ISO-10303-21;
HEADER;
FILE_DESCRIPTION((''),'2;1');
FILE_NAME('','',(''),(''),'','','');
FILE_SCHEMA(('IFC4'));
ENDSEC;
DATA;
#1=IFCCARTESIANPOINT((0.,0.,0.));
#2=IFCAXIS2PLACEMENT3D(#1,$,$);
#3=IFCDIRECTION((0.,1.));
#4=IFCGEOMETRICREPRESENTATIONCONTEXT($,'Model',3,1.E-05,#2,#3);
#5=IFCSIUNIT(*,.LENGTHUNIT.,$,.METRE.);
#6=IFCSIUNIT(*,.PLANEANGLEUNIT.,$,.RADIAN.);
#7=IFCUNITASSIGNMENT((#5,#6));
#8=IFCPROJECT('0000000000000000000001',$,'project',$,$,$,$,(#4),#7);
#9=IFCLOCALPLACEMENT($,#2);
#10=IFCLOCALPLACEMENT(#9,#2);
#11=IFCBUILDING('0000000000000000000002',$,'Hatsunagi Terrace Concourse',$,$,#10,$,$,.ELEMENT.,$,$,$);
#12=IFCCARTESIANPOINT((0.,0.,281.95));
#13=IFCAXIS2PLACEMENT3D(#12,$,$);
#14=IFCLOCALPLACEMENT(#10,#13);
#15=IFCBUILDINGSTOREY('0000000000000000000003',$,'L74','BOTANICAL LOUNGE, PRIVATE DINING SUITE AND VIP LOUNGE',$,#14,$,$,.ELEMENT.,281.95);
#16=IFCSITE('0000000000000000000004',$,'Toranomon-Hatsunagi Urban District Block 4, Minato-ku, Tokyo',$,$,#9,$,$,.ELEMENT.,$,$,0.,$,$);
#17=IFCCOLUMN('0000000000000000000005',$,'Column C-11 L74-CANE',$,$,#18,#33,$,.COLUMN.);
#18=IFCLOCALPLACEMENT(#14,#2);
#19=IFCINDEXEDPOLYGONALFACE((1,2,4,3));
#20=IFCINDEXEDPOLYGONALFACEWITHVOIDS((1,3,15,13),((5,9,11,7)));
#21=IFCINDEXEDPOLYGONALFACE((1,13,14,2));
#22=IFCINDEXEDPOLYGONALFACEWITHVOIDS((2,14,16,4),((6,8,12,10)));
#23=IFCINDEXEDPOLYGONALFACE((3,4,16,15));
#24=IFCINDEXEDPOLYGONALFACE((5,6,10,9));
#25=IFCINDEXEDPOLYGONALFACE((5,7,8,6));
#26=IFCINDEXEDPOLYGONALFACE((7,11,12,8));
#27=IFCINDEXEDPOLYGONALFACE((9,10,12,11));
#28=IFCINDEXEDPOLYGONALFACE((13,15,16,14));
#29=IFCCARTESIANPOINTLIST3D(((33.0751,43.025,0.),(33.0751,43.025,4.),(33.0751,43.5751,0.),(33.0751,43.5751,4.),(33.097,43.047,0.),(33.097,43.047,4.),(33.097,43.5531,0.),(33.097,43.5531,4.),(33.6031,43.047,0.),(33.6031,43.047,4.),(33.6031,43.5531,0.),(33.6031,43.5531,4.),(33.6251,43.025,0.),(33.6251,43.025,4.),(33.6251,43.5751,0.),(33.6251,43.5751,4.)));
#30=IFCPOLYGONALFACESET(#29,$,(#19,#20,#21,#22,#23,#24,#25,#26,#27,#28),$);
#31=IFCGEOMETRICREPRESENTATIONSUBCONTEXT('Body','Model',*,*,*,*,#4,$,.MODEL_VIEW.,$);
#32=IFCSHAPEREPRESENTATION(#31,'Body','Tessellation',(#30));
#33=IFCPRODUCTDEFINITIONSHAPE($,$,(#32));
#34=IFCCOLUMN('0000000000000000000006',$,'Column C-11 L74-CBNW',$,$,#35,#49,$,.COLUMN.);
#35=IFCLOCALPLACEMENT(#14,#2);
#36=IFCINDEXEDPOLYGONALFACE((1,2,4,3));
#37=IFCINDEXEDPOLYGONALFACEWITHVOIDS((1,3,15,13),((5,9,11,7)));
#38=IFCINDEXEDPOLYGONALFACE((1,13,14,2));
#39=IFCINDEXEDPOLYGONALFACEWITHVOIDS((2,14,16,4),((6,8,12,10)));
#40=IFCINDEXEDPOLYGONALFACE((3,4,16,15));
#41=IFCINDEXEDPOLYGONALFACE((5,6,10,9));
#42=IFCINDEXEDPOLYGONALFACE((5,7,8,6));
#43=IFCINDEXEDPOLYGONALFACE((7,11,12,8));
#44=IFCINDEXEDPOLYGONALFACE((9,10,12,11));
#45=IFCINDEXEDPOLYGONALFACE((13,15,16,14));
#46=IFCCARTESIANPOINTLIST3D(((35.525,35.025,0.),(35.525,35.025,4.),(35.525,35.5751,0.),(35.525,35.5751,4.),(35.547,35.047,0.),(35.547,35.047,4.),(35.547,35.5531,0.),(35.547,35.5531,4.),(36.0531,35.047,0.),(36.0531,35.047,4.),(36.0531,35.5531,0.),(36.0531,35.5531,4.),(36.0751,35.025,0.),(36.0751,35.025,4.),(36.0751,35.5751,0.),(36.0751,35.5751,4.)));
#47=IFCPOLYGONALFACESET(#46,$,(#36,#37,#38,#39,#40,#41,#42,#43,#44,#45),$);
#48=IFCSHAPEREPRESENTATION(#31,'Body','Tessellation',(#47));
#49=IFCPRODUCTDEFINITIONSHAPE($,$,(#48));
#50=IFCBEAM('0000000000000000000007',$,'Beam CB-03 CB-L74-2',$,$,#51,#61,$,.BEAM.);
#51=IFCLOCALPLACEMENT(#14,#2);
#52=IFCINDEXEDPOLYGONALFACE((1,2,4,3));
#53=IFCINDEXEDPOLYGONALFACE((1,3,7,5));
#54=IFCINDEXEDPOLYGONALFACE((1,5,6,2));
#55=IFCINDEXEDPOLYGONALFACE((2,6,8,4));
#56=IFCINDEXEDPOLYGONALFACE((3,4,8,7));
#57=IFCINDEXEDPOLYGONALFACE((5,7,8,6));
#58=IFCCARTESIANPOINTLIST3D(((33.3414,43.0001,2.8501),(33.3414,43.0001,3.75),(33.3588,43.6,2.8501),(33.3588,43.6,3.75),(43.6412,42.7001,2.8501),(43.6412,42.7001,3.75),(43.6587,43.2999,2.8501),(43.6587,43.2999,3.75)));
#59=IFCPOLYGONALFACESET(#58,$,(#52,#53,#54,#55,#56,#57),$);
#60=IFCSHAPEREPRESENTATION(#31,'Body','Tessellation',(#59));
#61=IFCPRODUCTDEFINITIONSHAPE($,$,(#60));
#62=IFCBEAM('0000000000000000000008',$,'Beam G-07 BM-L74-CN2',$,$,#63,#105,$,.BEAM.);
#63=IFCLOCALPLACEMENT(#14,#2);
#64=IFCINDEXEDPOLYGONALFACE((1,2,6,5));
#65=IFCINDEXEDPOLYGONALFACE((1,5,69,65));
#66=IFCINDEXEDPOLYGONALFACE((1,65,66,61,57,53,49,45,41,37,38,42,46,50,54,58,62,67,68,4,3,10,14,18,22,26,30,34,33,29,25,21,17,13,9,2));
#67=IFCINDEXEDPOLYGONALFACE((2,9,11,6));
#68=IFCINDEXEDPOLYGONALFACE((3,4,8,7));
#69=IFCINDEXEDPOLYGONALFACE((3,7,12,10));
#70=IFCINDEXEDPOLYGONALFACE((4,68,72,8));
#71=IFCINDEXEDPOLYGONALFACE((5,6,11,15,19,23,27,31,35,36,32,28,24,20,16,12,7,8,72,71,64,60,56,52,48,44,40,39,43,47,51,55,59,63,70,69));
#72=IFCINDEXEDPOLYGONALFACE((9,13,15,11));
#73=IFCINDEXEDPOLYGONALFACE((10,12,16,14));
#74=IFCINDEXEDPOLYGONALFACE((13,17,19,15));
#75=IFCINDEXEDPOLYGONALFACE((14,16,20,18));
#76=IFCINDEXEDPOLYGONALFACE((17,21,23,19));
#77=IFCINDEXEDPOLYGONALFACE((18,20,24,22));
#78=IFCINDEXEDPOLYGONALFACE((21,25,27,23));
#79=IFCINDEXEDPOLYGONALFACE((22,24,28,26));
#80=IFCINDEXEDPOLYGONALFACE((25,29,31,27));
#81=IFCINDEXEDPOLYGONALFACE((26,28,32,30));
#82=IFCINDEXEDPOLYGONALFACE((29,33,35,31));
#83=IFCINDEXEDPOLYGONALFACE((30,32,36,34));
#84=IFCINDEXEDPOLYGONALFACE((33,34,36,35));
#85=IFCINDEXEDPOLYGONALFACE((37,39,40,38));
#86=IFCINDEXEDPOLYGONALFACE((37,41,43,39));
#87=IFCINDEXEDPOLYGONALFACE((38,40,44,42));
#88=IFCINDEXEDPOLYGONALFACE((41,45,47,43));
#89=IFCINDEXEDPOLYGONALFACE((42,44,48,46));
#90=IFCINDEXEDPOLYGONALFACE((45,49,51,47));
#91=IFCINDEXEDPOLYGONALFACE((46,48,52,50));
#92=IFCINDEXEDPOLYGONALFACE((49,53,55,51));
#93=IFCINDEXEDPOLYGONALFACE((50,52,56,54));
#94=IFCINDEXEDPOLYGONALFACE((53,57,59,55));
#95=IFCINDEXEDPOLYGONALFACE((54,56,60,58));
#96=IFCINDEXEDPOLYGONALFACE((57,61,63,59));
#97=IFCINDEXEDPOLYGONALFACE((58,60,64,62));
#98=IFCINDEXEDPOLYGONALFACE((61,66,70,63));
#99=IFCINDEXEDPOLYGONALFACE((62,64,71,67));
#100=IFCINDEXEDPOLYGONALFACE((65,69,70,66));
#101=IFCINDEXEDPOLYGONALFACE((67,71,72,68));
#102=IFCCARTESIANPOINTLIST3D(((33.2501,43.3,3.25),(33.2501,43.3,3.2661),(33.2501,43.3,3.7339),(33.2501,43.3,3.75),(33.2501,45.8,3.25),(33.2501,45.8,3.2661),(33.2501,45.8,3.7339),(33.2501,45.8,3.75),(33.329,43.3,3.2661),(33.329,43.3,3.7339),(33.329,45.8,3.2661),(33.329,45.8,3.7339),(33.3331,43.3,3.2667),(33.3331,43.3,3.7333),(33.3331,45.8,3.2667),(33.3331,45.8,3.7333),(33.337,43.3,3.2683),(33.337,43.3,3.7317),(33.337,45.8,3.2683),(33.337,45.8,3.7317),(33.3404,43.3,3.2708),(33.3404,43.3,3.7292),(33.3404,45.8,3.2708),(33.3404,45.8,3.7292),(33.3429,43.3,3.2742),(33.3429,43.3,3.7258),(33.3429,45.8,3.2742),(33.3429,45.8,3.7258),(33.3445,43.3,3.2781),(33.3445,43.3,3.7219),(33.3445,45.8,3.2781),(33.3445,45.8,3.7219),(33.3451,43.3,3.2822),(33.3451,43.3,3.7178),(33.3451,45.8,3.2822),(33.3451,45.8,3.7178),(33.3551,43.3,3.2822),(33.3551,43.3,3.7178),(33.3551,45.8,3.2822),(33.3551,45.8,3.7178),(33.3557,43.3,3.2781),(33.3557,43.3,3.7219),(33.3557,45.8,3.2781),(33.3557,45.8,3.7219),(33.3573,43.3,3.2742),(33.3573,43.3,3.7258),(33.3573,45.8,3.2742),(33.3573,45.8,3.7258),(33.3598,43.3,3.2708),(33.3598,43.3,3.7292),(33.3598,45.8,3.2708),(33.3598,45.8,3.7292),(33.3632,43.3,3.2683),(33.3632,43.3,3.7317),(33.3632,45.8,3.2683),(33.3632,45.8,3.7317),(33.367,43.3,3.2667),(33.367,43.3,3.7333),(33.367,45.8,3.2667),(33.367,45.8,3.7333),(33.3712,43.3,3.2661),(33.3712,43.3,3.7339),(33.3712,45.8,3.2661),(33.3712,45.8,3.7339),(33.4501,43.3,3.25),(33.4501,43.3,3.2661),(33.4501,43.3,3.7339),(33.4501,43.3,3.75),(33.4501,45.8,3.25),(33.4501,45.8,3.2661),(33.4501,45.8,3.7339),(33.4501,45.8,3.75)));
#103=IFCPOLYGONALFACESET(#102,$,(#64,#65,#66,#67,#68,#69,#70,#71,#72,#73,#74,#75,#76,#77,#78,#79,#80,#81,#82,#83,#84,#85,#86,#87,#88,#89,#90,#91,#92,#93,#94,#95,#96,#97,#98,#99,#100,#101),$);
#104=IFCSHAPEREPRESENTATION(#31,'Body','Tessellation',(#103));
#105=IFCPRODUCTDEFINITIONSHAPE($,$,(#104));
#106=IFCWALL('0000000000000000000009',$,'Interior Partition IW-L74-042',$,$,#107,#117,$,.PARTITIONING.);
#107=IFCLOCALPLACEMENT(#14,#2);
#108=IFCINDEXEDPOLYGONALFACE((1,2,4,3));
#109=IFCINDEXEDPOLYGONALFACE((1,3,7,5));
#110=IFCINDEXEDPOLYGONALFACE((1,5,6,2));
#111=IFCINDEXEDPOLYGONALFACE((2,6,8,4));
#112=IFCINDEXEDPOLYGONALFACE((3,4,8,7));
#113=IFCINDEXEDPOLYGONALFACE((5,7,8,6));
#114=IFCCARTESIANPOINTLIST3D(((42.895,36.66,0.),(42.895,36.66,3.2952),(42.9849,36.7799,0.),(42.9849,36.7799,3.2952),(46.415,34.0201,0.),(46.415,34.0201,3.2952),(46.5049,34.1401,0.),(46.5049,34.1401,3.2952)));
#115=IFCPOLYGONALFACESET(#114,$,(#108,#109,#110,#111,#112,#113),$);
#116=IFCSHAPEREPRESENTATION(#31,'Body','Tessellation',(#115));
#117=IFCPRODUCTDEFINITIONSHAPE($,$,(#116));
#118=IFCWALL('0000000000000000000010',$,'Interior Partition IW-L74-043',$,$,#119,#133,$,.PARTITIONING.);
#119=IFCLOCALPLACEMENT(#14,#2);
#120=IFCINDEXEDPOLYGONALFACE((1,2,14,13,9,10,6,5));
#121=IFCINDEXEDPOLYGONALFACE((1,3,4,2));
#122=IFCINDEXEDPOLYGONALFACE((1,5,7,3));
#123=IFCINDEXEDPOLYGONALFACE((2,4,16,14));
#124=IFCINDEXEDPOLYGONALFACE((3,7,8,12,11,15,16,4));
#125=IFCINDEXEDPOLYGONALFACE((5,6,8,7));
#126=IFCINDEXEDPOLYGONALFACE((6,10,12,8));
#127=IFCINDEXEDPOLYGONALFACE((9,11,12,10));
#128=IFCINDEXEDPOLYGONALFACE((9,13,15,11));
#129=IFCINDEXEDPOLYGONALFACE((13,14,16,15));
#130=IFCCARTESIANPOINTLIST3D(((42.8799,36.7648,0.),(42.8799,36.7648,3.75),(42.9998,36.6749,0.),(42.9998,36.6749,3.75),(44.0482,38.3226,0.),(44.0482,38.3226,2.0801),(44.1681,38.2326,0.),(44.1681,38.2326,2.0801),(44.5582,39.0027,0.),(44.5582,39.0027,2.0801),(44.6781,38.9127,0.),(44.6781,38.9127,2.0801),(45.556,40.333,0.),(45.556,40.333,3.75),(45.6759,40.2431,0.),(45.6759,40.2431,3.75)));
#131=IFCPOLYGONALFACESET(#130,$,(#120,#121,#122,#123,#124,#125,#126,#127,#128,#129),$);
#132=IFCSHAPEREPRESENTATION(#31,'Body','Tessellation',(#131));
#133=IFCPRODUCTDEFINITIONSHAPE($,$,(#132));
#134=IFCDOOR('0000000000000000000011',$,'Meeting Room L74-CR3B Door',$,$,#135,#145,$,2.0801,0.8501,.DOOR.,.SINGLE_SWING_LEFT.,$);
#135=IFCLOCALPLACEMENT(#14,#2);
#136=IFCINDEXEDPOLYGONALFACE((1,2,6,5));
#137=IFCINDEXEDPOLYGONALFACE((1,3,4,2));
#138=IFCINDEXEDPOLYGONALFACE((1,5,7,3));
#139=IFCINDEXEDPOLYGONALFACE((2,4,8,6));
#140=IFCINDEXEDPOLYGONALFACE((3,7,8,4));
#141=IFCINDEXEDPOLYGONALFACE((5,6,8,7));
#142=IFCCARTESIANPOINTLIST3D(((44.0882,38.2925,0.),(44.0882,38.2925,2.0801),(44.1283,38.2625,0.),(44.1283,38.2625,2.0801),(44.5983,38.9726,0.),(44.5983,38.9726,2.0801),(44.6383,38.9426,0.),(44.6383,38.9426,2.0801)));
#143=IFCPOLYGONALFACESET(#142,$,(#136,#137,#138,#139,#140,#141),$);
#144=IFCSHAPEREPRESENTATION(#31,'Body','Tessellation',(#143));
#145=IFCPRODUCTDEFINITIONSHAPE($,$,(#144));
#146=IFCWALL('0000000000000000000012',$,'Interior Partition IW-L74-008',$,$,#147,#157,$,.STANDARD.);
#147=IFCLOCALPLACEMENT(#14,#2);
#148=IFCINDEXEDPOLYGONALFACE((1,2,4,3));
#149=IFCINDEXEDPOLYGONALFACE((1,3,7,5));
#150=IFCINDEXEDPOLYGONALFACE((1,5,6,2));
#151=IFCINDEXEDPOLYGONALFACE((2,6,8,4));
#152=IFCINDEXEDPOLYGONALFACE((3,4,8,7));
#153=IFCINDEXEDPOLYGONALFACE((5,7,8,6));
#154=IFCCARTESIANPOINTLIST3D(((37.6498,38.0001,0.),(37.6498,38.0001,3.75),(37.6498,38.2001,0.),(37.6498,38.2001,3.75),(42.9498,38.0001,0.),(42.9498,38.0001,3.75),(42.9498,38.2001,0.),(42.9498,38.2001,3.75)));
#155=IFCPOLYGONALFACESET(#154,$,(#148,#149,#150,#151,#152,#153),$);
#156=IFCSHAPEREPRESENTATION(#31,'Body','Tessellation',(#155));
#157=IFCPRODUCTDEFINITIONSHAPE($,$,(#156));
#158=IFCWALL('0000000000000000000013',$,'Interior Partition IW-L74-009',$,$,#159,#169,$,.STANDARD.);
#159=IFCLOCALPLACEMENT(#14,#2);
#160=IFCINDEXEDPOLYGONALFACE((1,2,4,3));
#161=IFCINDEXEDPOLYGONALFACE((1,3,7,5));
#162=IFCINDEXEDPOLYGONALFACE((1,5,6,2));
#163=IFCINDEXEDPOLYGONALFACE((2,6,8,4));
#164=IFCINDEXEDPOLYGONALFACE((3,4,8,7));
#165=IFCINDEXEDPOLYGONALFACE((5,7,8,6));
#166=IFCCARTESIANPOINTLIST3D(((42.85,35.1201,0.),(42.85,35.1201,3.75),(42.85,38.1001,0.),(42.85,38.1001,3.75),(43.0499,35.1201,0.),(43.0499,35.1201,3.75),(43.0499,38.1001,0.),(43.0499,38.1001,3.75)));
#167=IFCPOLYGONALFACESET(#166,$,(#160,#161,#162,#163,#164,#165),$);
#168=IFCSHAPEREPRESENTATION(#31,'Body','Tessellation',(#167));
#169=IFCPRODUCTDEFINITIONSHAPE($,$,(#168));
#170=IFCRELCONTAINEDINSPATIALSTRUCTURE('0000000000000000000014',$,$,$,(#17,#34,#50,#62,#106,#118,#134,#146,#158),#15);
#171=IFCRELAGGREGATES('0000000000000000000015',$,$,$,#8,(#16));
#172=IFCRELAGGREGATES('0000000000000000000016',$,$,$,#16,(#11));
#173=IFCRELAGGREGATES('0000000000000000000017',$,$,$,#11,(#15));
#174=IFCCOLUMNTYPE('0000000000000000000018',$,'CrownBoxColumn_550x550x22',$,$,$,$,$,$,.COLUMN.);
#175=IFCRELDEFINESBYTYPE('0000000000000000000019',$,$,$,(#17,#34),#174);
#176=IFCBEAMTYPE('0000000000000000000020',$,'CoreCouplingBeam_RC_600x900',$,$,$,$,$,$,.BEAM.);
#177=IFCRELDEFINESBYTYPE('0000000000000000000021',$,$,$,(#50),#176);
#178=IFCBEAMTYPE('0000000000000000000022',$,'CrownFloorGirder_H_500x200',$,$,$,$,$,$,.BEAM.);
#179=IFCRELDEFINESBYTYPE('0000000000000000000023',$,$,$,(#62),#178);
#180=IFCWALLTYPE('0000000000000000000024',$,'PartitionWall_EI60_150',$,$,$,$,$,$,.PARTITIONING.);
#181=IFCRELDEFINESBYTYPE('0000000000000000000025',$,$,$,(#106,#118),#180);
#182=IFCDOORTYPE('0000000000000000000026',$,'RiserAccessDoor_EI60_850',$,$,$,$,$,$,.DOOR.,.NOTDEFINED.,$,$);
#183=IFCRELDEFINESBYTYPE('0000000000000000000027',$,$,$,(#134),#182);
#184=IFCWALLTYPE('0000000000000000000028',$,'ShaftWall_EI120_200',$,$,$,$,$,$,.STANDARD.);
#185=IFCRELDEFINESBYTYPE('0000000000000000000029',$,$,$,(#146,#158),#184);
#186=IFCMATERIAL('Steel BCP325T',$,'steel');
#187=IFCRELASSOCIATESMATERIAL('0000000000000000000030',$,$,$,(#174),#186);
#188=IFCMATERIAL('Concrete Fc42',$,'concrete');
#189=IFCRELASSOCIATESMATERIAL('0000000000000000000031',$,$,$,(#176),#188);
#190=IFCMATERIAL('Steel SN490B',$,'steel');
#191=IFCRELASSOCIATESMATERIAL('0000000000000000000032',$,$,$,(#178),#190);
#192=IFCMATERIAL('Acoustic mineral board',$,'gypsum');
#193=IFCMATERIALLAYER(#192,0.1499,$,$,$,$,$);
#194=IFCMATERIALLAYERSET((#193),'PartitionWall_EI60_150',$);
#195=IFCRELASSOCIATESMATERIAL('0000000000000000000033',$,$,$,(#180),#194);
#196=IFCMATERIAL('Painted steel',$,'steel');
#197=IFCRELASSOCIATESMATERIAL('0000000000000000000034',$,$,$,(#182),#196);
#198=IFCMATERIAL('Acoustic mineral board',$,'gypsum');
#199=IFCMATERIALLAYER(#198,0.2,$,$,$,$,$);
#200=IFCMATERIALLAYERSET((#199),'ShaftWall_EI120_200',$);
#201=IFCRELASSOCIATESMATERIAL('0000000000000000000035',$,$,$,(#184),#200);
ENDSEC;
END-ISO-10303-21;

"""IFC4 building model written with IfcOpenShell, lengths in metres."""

from ifc_helpers import new_model, si_unit, direction, frame, frame_2d, origin, origin_2d, place, context, subcontext, project, spatial, rectangle, hollow_rectangle, i_section, extrude, material, layer, layer_set, material_profile, profile_set, type_object, element, fill, save


model = new_model("IFC4")

# Units and contexts
model_context = context("Model", 3, precision=1e-05, world=origin(), true_north=direction((0.0, 1.0)))
body_context = subcontext(model_context, "Body", "Model", "MODEL_VIEW")
ifc_project = project(units=[si_unit("LENGTHUNIT", "METRE"), si_unit("PLANEANGLEUNIT", "RADIAN")], contexts=[model_context])

# Site, building, storey
site_placement = place(None, origin())
site = spatial("IfcSite", under=ifc_project, at=site_placement, Name="Toranomon-Hatsunagi Urban District Block 4, Minato-ku, Tokyo", CompositionType="ELEMENT", RefElevation=0.0)
building_placement = place(site_placement, origin())
building = spatial("IfcBuilding", under=site, at=building_placement, Name="Hatsunagi Terrace Concourse", CompositionType="ELEMENT")
storey_placement = place(building_placement, frame((0.0, 0.0, 281.95)))
storey = spatial("IfcBuildingStorey", under=building, at=storey_placement, Name="L74", Description="BOTANICAL LOUNGE, PRIVATE DINING SUITE AND VIP LOUNGE", CompositionType="ELEMENT", Elevation=281.95)

# Columns
ifc_material_1 = material(Name="Steel BCP325T", Category="steel")
ifc_material_profile_1 = material_profile(ifc_material_1, hollow_rectangle(XDim=0.55, YDim=0.55, WallThickness=0.022, at=origin_2d()), Name="BCP-550x550x22")
ifc_profile_set_1 = profile_set([ifc_material_profile_1], Name="Steel BCP325T")
column_type = type_object("IfcColumnType", Name="CrownBoxColumn_550x550x22", PredefinedType="COLUMN", material=ifc_profile_set_1)
for number, where, z_axis, x_axis, name in (
    (1, (33.3501, 43.3, 0.0), (0.0, 0.0, 1.0), (1.0, 0.0, 0.0), "Column C-11 L74-CANE"),
    (2, (35.8, 35.3, 0.0), (0.0, 0.0, 1.0), (1.0, 0.0, 0.0), "Column C-11 L74-CBNW"),
):
    element("IfcColumn", number, at=place(storey_placement, frame(where, z_axis=z_axis, x_axis=x_axis)), inside=storey, type_object=column_type, Name=name, PredefinedType="COLUMN", context=body_context, shape_type="SweptSolid", body=[
        extrude(hollow_rectangle(XDim=0.55, YDim=0.55, WallThickness=0.022, at=origin_2d()), origin(), (0.0, 0.0, 1.0), 4.0),
    ])

# Beams
ifc_material_2 = material(Name="Concrete Fc42", Category="concrete")
ifc_material_profile_2 = material_profile(ifc_material_2, rectangle(XDim=0.6001, YDim=0.8999, at=origin_2d()), Name="RC-600x900")
ifc_profile_set_2 = profile_set([ifc_material_profile_2], Name="Concrete Fc42")
beam_type_1 = type_object("IfcBeamType", Name="CoreCouplingBeam_RC_600x900", PredefinedType="BEAM", material=ifc_profile_set_2)
beam_1_placement = place(storey_placement, frame((33.3501, 43.3, 3.3), z_axis=(0.999576, -0.029119, 0.0), x_axis=(0.029119, 0.999576, 0.0)))
element("IfcBeam", 3, at=beam_1_placement, inside=storey, type_object=beam_type_1, Name="Beam CB-03 CB-L74-2", PredefinedType="BEAM", context=body_context, shape_type="SweptSolid", body=[
    extrude(rectangle(XDim=0.6001, YDim=0.8999, at=origin_2d()), origin(), (0.0, 0.0, 1.0), 10.3042),
])
ifc_material_3 = material(Name="Steel SN490B", Category="steel")
ifc_material_profile_3 = material_profile(ifc_material_3, i_section(OverallWidth=0.2, OverallDepth=0.5, WebThickness=0.01, FlangeThickness=0.0161, FilletRadius=0.0161, at=origin_2d()), Name="H-500x200x10x16")
ifc_profile_set_3 = profile_set([ifc_material_profile_3], Name="Steel SN490B")
beam_type_2 = type_object("IfcBeamType", Name="CrownFloorGirder_H_500x200", PredefinedType="BEAM", material=ifc_profile_set_3)
beam_2_placement = place(storey_placement, frame((33.3501, 43.3, 3.5), z_axis=(0.0, 1.0, 0.0), x_axis=(-1.0, 0.0, 0.0)))
element("IfcBeam", 4, at=beam_2_placement, inside=storey, type_object=beam_type_2, Name="Beam G-07 BM-L74-CN2", PredefinedType="BEAM", context=body_context, shape_type="SweptSolid", body=[
    extrude(i_section(OverallWidth=0.2, OverallDepth=0.5, WebThickness=0.01, FlangeThickness=0.0161, FilletRadius=0.0161, at=origin_2d()), origin(), (0.0, 0.0, 1.0), 2.5),
])

# Shared definitions
ifc_material_4 = material(Name="Acoustic mineral board", Category="gypsum")
ifc_layer_1 = layer(ifc_material_4, 0.1499)
ifc_layer_set_1 = layer_set([ifc_layer_1], Name="PartitionWall_EI60_150")
wall_type_1 = type_object("IfcWallType", Name="PartitionWall_EI60_150", PredefinedType="PARTITIONING", material=ifc_layer_set_1)

# Wall
wall_1_placement = place(storey_placement, frame((42.9399, 36.72, 0.0), z_axis=(0.0, 0.0, 1.0), x_axis=(0.800013, -0.599982, 0.0)))
element("IfcWall", 5, at=wall_1_placement, inside=storey, type_object=wall_type_1, Name="Interior Partition IW-L74-042", PredefinedType="PARTITIONING", context=body_context, shape_type="SweptSolid", body=[
    extrude(rectangle(XDim=4.3999, YDim=0.1499, at=frame_2d((2.2, 0.0))), origin(), (0.0, 0.0, 1.0), 3.2952),
])

# Wall, opening, door
wall_2_placement = place(storey_placement, frame((42.9399, 36.72, 0.0), z_axis=(0.0, 0.0, 1.0), x_axis=(0.599991, 0.800007, 0.0)))
wall_2 = element("IfcWall", 6, at=wall_2_placement, inside=storey, type_object=wall_type_1, Name="Interior Partition IW-L74-043", PredefinedType="PARTITIONING", context=body_context, shape_type="SweptSolid", body=[
    extrude(rectangle(XDim=4.4602, YDim=0.1499, at=frame_2d((2.23, 0.0))), origin(), (0.0, 0.0, 1.0), 3.75),
])
opening_1_placement = place(wall_2_placement, frame((1.947, 0.0, 0.0)))
opening_1 = element("IfcOpeningElement", 7, at=opening_1_placement, cuts=wall_2, PredefinedType="OPENING", context=body_context, shape_type="SweptSolid", body=[
    extrude(rectangle(XDim=0.8501, YDim=2.0801, at=frame_2d((0.425, 1.04))), frame((0.0, 0.085, 0.0), z_axis=(0.0, -1.0, 0.0), x_axis=(1.0, 0.0, 0.0)), (0.0, 0.0, 1.0), 0.1699),
])
ifc_material_5 = material(Name="Painted steel", Category="steel")
door_type_1 = type_object("IfcDoorType", Name="RiserAccessDoor_EI60_850", OperationType="NOTDEFINED", PredefinedType="DOOR", material=ifc_material_5)
door_1_placement = place(opening_1_placement, origin())
door_1 = element("IfcDoor", 8, at=door_1_placement, inside=storey, type_object=door_type_1, Name="Meeting Room L74-CR3B Door", OperationType="SINGLE_SWING_LEFT", OverallHeight=2.0801, OverallWidth=0.8501, PredefinedType="DOOR", context=body_context, shape_type="SweptSolid", body=[
    extrude(rectangle(XDim=0.8501, YDim=2.0801, at=frame_2d((0.425, 1.04))), frame((0.0, 0.0249, 0.0), z_axis=(0.0, -1.0, 0.0), x_axis=(1.0, 0.0, 0.0)), (0.0, 0.0, 1.0), 0.05),
])
fill(opening_1, door_1)

# Walls
ifc_material_6 = material(Name="Acoustic mineral board", Category="gypsum")
ifc_layer_2 = layer(ifc_material_6, 0.2)
ifc_layer_set_2 = layer_set([ifc_layer_2], Name="ShaftWall_EI120_200")
wall_type_2 = type_object("IfcWallType", Name="ShaftWall_EI120_200", PredefinedType="STANDARD", material=ifc_layer_set_2)
wall_3_placement = place(storey_placement, frame((37.6499, 38.1001, 0.0), z_axis=(0.0, 0.0, 1.0), x_axis=(1.0, 0.0, 0.0)))
element("IfcWall", 9, at=wall_3_placement, inside=storey, type_object=wall_type_2, Name="Interior Partition IW-L74-008", PredefinedType="STANDARD", context=body_context, shape_type="SweptSolid", body=[
    extrude(rectangle(XDim=5.3, YDim=0.2, at=frame_2d((2.6499, 0.0))), origin(), (0.0, 0.0, 1.0), 3.75),
])
wall_4_placement = place(storey_placement, frame((42.95, 35.1201, 0.0), z_axis=(0.0, 0.0, 1.0), x_axis=(0.0, 1.0, 0.0)))
element("IfcWall", 10, at=wall_4_placement, inside=storey, type_object=wall_type_2, Name="Interior Partition IW-L74-009", PredefinedType="STANDARD", context=body_context, shape_type="SweptSolid", body=[
    extrude(rectangle(XDim=2.98, YDim=0.2, at=frame_2d((1.49, 0.0))), origin(), (0.0, 0.0, 1.0), 3.75),
])

save(model, "model.ifc")
